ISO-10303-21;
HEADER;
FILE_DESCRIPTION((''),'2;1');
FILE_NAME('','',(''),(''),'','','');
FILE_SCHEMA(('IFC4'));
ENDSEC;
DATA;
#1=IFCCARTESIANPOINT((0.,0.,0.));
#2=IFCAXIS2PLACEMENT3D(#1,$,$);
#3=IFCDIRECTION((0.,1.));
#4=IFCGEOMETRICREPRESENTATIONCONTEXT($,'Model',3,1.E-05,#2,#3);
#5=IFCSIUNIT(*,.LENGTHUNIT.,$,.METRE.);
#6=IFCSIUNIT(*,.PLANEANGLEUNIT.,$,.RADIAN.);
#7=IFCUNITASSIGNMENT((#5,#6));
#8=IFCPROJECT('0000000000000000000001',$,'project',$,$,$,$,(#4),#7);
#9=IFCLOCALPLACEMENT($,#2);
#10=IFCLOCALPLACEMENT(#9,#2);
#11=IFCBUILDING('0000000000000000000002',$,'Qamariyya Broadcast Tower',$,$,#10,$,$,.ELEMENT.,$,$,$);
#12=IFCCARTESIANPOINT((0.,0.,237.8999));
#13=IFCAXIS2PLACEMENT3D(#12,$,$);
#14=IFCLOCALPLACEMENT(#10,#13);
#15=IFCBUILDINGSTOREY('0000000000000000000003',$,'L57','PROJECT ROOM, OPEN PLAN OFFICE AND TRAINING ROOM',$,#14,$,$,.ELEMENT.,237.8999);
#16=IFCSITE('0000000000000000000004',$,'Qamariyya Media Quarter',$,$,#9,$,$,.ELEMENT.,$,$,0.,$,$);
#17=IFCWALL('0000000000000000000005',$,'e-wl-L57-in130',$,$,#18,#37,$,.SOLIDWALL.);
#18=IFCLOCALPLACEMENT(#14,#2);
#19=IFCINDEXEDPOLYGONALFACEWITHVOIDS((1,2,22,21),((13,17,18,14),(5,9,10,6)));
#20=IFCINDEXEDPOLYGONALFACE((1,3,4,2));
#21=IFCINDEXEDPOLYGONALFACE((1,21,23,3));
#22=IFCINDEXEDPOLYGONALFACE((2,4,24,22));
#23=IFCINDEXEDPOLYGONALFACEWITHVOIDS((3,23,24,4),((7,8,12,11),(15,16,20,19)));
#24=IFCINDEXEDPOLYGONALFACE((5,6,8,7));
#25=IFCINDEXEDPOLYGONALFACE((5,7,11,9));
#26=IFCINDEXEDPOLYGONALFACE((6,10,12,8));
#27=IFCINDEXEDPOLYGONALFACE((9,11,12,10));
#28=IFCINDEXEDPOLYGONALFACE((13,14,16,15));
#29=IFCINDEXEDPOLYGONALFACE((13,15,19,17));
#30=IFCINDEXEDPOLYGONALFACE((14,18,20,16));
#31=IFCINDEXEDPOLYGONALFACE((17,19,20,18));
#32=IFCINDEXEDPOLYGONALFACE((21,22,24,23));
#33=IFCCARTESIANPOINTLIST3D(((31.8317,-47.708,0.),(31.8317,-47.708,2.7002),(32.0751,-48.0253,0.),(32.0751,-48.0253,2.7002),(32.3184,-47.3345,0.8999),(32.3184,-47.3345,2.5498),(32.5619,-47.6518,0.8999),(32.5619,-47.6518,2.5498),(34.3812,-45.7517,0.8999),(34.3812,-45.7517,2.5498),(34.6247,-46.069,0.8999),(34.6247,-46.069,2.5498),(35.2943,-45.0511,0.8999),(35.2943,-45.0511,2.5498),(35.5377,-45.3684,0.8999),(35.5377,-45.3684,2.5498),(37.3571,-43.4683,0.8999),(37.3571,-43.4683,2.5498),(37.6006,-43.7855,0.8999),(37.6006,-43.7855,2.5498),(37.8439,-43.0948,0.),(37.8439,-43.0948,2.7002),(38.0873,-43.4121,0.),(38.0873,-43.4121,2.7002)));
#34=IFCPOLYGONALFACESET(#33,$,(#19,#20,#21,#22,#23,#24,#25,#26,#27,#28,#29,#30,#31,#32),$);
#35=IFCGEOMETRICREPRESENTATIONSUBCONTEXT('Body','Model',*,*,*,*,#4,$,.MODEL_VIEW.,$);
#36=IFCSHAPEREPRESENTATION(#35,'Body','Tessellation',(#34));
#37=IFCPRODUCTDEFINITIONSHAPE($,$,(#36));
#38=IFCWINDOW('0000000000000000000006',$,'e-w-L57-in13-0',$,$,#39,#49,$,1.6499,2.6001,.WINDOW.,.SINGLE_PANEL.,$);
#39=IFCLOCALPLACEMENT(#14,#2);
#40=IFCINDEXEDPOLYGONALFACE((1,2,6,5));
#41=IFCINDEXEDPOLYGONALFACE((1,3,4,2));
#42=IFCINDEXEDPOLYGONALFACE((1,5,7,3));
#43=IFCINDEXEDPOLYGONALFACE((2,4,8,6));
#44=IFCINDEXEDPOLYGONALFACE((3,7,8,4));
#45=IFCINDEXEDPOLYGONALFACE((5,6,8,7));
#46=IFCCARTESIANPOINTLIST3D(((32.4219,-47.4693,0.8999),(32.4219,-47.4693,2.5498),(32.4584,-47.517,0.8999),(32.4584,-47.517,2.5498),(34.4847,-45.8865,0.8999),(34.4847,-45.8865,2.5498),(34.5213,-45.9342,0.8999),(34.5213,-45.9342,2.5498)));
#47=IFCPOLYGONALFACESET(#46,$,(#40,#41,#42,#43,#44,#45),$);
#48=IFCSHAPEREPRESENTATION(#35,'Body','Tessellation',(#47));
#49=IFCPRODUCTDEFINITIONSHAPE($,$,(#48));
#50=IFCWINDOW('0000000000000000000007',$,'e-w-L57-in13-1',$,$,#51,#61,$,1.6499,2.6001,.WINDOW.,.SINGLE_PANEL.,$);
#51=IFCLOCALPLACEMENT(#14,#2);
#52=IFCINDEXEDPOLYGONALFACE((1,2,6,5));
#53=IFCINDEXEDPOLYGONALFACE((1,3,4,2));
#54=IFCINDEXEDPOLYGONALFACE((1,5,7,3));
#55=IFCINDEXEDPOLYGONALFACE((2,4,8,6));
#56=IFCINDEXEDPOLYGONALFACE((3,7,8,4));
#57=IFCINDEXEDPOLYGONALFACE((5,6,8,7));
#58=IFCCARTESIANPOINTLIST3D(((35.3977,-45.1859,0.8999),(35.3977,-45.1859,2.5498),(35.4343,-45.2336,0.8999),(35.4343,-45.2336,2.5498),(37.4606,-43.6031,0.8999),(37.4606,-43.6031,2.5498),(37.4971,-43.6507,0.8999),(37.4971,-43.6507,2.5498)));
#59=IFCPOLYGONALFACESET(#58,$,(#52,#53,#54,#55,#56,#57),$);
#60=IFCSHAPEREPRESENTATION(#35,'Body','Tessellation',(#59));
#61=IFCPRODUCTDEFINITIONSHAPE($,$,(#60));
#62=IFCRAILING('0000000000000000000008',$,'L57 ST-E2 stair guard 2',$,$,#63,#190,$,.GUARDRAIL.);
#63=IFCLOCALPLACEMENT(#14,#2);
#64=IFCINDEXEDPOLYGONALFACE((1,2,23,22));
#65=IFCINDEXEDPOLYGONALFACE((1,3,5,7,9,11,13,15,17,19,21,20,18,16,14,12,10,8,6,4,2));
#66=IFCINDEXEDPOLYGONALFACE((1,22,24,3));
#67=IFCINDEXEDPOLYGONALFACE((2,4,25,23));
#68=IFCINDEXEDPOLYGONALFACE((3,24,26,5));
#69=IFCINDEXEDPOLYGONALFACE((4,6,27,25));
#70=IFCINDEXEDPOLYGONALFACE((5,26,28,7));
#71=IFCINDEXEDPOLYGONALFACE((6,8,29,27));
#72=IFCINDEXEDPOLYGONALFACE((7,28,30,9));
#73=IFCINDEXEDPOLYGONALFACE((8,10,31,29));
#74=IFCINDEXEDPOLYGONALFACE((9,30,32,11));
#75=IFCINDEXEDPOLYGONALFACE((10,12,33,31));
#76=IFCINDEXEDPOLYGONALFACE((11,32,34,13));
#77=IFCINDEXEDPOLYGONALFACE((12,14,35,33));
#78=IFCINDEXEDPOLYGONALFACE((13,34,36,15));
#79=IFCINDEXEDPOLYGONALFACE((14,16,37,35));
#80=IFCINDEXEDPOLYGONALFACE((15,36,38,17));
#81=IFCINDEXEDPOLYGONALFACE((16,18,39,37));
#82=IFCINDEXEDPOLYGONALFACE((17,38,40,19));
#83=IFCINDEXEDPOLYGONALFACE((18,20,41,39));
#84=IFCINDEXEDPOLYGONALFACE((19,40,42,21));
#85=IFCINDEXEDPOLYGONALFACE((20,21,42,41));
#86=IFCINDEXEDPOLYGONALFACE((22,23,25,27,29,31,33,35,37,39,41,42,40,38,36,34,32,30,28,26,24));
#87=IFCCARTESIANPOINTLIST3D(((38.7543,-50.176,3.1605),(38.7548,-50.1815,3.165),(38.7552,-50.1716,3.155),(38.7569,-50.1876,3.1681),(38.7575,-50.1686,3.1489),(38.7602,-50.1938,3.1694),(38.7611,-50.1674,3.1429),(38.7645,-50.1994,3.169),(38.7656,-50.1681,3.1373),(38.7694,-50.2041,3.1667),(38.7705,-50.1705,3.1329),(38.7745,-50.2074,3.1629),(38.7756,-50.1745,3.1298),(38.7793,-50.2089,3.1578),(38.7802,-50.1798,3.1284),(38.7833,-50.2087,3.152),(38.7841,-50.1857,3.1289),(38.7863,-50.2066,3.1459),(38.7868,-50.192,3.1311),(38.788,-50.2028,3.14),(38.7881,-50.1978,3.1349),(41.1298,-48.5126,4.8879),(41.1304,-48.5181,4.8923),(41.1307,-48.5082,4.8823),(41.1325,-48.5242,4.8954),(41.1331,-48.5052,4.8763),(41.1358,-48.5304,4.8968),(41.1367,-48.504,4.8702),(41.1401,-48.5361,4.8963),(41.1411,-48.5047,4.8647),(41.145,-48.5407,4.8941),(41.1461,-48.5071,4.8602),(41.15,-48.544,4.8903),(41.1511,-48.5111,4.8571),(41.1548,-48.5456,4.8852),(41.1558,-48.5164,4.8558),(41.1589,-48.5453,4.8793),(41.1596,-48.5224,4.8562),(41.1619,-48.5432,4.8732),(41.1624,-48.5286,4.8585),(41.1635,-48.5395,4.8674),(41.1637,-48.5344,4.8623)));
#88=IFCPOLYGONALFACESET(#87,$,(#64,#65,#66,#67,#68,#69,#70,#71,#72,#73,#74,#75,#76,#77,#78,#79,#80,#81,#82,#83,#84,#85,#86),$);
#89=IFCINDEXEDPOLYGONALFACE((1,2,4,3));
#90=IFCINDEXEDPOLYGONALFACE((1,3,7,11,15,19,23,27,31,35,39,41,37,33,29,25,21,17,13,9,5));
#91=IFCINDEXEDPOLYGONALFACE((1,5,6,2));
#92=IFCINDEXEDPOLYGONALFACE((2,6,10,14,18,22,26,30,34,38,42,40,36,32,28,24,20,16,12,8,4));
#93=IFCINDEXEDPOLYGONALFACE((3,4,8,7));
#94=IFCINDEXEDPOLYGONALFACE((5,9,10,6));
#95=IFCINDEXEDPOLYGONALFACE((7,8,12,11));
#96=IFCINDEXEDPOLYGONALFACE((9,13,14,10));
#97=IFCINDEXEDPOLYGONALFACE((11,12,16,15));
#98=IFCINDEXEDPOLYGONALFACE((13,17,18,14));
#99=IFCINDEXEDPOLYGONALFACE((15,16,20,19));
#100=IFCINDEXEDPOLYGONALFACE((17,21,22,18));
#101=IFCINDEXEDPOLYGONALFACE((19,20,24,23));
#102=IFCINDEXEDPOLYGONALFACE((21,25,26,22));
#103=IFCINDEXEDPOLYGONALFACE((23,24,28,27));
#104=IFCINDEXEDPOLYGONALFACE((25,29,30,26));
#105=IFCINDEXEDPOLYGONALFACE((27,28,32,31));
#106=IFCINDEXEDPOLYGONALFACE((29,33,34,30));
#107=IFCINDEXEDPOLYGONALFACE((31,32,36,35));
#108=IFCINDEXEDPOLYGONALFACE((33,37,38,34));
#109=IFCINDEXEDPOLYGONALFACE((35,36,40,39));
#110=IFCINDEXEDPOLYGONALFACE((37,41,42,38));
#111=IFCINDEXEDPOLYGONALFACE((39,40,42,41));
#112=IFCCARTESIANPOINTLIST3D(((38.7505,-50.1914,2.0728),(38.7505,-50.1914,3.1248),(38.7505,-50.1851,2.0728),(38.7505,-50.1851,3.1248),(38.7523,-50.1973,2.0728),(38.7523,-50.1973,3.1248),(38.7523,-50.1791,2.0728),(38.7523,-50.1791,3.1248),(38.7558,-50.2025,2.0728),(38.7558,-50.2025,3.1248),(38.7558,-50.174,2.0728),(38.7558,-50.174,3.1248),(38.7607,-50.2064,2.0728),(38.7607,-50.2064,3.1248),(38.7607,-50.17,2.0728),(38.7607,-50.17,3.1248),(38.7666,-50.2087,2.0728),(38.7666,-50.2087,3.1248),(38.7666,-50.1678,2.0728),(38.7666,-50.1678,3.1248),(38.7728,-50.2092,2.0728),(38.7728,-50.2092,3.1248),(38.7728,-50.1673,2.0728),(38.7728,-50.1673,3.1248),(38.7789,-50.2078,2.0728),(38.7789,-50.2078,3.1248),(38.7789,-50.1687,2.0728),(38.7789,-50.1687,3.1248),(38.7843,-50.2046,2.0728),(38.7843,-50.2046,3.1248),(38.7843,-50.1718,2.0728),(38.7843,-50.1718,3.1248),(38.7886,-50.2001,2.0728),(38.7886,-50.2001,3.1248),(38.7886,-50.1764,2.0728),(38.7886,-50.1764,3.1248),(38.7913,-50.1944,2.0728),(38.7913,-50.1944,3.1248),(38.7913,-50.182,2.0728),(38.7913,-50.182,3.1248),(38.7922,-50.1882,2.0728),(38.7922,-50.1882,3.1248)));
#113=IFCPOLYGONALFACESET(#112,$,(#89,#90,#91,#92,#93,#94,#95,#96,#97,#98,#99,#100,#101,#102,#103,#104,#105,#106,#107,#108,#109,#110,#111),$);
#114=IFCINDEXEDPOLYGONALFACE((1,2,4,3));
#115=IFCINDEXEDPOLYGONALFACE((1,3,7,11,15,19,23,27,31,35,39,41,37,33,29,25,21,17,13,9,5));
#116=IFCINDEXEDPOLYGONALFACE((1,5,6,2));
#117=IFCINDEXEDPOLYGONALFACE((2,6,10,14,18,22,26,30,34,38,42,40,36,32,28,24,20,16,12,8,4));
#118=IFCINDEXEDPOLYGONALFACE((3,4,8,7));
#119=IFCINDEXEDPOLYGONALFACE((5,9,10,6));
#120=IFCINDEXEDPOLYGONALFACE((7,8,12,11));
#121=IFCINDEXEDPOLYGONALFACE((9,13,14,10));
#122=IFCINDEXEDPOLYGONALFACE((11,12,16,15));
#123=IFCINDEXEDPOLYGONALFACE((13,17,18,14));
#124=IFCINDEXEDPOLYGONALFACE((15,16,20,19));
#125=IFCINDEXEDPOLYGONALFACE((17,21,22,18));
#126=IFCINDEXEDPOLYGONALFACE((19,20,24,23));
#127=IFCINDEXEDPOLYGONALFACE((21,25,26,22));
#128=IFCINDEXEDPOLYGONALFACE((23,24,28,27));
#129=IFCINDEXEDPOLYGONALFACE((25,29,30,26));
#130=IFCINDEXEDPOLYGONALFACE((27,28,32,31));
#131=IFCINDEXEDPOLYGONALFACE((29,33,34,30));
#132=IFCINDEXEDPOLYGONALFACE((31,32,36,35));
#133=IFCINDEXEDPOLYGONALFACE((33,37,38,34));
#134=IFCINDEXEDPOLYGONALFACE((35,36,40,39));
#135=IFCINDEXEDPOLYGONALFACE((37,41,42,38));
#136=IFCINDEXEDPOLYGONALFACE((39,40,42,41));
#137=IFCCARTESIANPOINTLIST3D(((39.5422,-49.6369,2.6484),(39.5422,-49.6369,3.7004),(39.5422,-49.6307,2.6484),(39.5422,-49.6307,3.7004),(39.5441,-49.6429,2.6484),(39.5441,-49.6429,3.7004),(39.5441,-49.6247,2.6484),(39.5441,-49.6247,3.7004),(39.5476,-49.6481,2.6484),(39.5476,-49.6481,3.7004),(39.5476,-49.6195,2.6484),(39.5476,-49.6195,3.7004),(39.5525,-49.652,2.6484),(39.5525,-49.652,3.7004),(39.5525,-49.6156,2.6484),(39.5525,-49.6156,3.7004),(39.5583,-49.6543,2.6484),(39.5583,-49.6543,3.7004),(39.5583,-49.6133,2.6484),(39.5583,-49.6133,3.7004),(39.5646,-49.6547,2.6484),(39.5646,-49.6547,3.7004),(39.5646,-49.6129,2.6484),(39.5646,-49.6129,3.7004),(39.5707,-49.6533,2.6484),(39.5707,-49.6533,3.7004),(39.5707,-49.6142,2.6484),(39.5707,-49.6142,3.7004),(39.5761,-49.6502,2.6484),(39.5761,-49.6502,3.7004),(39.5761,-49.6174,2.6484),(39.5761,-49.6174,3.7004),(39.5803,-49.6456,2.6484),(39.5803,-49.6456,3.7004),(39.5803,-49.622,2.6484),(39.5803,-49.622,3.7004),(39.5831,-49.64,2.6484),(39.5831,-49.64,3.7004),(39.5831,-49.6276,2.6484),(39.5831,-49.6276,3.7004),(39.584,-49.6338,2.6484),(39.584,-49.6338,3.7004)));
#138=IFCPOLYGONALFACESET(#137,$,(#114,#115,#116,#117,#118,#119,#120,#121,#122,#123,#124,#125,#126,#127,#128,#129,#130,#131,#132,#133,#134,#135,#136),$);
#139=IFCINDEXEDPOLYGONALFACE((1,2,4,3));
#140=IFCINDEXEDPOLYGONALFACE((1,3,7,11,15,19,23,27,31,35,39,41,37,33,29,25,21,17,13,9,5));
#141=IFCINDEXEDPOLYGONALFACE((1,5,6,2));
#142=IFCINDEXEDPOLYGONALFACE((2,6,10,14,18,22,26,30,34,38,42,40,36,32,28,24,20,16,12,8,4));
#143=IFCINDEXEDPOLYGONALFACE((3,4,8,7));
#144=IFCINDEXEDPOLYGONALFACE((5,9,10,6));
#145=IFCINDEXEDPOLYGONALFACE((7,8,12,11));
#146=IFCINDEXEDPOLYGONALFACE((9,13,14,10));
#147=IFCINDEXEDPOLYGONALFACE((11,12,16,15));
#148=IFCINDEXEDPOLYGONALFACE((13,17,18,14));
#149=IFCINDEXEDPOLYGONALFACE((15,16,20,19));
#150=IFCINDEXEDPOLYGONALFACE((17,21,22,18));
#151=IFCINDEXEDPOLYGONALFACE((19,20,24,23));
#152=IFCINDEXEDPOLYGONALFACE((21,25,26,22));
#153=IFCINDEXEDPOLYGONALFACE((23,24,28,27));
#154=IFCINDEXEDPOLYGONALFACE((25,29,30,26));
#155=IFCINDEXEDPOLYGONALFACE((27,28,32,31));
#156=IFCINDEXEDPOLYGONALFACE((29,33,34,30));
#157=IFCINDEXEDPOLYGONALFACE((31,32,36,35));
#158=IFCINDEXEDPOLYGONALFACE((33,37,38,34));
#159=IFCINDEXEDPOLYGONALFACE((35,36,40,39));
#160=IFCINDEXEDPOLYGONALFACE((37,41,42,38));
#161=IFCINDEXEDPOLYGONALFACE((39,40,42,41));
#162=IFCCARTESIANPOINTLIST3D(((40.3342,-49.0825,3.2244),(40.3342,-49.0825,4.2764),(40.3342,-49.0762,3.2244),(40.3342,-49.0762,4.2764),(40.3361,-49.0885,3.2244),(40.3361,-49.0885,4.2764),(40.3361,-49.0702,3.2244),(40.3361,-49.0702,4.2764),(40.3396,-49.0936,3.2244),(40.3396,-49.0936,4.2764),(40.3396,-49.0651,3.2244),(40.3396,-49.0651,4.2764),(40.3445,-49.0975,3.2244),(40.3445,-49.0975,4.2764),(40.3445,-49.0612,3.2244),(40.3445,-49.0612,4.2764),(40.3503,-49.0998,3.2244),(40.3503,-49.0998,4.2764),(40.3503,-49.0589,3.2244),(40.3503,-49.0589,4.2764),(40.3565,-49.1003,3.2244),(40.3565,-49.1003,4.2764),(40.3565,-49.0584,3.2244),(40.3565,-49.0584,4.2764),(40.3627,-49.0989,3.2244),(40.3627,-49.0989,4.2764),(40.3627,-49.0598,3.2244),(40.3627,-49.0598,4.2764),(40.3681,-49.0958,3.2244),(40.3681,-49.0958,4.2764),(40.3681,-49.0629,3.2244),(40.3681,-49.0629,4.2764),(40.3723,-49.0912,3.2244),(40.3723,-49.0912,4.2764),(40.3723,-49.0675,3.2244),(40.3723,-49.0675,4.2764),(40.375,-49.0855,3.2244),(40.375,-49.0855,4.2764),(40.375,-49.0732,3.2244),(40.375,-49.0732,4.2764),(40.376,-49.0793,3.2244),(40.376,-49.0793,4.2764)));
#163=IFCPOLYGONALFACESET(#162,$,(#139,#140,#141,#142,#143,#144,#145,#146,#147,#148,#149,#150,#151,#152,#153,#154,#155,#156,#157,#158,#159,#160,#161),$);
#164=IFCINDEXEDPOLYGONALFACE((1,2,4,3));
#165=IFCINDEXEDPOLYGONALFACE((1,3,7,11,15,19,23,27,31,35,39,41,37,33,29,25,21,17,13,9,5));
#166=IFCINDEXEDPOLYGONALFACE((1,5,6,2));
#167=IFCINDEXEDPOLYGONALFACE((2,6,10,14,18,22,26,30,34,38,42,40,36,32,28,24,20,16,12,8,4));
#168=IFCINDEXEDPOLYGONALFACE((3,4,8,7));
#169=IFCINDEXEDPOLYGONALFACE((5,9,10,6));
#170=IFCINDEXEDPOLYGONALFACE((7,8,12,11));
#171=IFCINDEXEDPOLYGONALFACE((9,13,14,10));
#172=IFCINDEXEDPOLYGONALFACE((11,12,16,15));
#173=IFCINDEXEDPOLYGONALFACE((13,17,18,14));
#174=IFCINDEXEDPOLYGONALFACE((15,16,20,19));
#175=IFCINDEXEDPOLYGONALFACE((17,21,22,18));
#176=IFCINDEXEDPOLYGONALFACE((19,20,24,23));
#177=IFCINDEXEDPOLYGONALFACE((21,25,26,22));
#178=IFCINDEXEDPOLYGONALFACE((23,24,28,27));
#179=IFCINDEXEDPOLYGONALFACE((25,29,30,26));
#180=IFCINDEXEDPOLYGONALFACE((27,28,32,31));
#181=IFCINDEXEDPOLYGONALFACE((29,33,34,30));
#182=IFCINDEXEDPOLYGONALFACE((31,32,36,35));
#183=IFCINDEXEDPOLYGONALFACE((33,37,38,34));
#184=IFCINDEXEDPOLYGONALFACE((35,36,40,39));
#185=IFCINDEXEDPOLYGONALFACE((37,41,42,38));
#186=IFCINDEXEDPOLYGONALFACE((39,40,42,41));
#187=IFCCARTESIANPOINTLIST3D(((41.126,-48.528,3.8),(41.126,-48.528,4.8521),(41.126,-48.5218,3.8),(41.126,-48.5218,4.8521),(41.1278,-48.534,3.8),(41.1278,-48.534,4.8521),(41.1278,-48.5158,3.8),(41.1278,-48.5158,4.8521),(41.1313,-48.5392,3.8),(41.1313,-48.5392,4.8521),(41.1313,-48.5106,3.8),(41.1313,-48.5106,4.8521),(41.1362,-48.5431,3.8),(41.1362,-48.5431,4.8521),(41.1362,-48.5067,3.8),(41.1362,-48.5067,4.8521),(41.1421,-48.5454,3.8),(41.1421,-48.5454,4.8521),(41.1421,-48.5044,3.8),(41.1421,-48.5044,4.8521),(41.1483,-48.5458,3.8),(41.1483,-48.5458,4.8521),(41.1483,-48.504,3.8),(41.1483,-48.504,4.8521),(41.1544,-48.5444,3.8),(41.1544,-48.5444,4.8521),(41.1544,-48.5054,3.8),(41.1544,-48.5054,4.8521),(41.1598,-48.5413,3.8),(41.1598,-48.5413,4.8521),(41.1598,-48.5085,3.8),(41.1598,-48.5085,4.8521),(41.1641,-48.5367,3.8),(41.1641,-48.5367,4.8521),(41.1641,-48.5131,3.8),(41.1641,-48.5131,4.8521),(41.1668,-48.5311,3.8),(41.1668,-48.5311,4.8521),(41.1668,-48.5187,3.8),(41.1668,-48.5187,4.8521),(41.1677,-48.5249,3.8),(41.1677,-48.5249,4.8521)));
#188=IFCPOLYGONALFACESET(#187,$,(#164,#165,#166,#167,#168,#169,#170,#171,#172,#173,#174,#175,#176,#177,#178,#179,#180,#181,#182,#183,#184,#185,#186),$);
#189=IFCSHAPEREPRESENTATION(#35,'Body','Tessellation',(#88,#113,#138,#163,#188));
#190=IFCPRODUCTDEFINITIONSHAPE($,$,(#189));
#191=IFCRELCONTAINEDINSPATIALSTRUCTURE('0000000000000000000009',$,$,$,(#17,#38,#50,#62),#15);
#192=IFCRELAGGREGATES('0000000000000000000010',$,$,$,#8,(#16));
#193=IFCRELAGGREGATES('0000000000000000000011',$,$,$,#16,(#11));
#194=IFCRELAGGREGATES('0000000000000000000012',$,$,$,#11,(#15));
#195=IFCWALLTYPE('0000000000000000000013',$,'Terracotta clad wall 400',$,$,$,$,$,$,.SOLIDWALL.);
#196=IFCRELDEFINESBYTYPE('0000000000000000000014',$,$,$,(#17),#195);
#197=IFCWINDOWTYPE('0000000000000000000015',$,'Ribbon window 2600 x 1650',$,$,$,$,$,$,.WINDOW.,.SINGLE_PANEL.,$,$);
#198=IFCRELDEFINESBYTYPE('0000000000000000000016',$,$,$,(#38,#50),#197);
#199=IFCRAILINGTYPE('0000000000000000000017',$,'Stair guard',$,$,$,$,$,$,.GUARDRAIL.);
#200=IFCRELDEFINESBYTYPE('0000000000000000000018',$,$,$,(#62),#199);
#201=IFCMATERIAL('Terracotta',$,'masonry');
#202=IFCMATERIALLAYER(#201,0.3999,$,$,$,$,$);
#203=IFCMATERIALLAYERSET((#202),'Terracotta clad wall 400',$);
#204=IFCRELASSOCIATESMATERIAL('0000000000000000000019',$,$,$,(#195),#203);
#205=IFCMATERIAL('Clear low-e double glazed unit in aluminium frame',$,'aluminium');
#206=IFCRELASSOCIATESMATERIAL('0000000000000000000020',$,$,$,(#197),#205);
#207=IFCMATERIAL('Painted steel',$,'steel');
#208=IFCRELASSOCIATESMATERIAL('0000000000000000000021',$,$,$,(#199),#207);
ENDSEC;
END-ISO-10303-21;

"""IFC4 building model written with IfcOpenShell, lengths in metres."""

from ifc_helpers import new_model, si_unit, direction, frame, frame_2d, origin, origin_2d, place, context, subcontext, project, spatial, rectangle, circle, extrude, material, layer, layer_set, type_object, element, fill, save


model = new_model("IFC4")

# Units and contexts
model_context = context("Model", 3, precision=1e-05, world=origin(), true_north=direction((0.0, 1.0)))
body_context = subcontext(model_context, "Body", "Model", "MODEL_VIEW")
ifc_project = project(units=[si_unit("LENGTHUNIT", "METRE"), si_unit("PLANEANGLEUNIT", "RADIAN")], contexts=[model_context])

# Site, building, storey
site_placement = place(None, origin())
site = spatial("IfcSite", under=ifc_project, at=site_placement, Name="Qamariyya Media Quarter", CompositionType="ELEMENT", RefElevation=0.0)
building_placement = place(site_placement, origin())
building = spatial("IfcBuilding", under=site, at=building_placement, Name="Qamariyya Broadcast Tower", CompositionType="ELEMENT")
storey_placement = place(building_placement, frame((0.0, 0.0, 237.8999)))
storey = spatial("IfcBuildingStorey", under=building, at=storey_placement, Name="L57", Description="PROJECT ROOM, OPEN PLAN OFFICE AND TRAINING ROOM", CompositionType="ELEMENT", Elevation=237.8999)

# Wall, openings, windows
ifc_material_1 = material(Name="Terracotta", Category="masonry")
ifc_layer_1 = layer(ifc_material_1, 0.3999)
ifc_layer_set_1 = layer_set([ifc_layer_1], Name="Terracotta clad wall 400")
wall_type_1 = type_object("IfcWallType", Name="Terracotta clad wall 400", PredefinedType="SOLIDWALL", material=ifc_layer_set_1)
ifc_material_2 = material(Name="Clear low-e double glazed unit in aluminium frame", Category="aluminium")
window_type = type_object("IfcWindowType", Name="Ribbon window 2600 x 1650", PartitioningType="SINGLE_PANEL", PredefinedType="WINDOW", material=ifc_material_2)
wall_1_placement = place(storey_placement, frame((37.9656, -43.2534, 0.0), z_axis=(0.0, 0.0, 1.0), x_axis=(-0.793356, -0.608757, 0.0)))
wall_1 = element("IfcWall", 1, at=wall_1_placement, inside=storey, type_object=wall_type_1, Name="e-wl-L57-in130", PredefinedType="SOLIDWALL", context=body_context, shape_type="SweptSolid", body=[
    extrude(rectangle(XDim=7.5781, YDim=0.3999, at=frame_2d((3.7891, 0.0))), origin(), (0.0, 0.0, 1.0), 2.7002),
])
opening_1_placement = place(wall_1_placement, frame((4.3645, 0.0, 0.8999)))
opening_1 = element("IfcOpeningElement", 2, at=opening_1_placement, cuts=wall_1, PredefinedType="OPENING", context=body_context, shape_type="SweptSolid", body=[
    extrude(rectangle(XDim=2.6001, YDim=1.6499, at=frame_2d((1.3, 0.825))), frame((0.0, 0.21, 0.0), z_axis=(0.0, -1.0, 0.0), x_axis=(1.0, 0.0, 0.0)), (0.0, 0.0, 1.0), 0.4199),
])
opening_2_placement = place(wall_1_placement, frame((0.6135, 0.0, 0.8999)))
opening_2 = element("IfcOpeningElement", 3, at=opening_2_placement, cuts=wall_1, PredefinedType="OPENING", context=body_context, shape_type="SweptSolid", body=[
    extrude(rectangle(XDim=2.6001, YDim=1.6499, at=frame_2d((1.3, 0.825))), frame((0.0, 0.21, 0.0), z_axis=(0.0, -1.0, 0.0), x_axis=(1.0, 0.0, 0.0)), (0.0, 0.0, 1.0), 0.4199),
])
window_1_placement = place(opening_1_placement, origin())
window_1 = element("IfcWindow", 4, at=window_1_placement, inside=storey, type_object=window_type, Name="e-w-L57-in13-0", OverallHeight=1.6499, OverallWidth=2.6001, PartitioningType="SINGLE_PANEL", PredefinedType="WINDOW", context=body_context, shape_type="SweptSolid", body=[
    extrude(rectangle(XDim=2.6001, YDim=1.6499, at=frame_2d((1.3, 0.825))), frame((0.0, 0.03, 0.0), z_axis=(0.0, -1.0, 0.0), x_axis=(1.0, 0.0, 0.0)), (0.0, 0.0, 1.0), 0.0601),
])
fill(opening_1, window_1)
window_2_placement = place(opening_2_placement, origin())
window_2 = element("IfcWindow", 5, at=window_2_placement, inside=storey, type_object=window_type, Name="e-w-L57-in13-1", OverallHeight=1.6499, OverallWidth=2.6001, PartitioningType="SINGLE_PANEL", PredefinedType="WINDOW", context=body_context, shape_type="SweptSolid", body=[
    extrude(rectangle(XDim=2.6001, YDim=1.6499, at=frame_2d((1.3, 0.825))), frame((0.0, 0.03, 0.0), z_axis=(0.0, -1.0, 0.0), x_axis=(1.0, 0.0, 0.0)), (0.0, 0.0, 1.0), 0.0601),
])
fill(opening_2, window_2)

# Railing
ifc_material_3 = material(Name="Painted steel", Category="steel")
railing_type_1 = type_object("IfcRailingType", Name="Stair guard", PredefinedType="GUARDRAIL", material=ifc_material_3)
railing_1_placement = place(storey_placement, frame((38.7712, -50.1882, 2.0728)))
element("IfcRailing", 6, at=railing_1_placement, inside=storey, type_object=railing_type_1, Name="L57 ST-E2 stair guard 2", PredefinedType="GUARDRAIL", context=body_context, shape_type="SweptSolid", body=[
    extrude(circle(Radius=0.0239, at=origin_2d()), frame((0.0, 0.0, 1.0762), z_axis=(0.70377, 0.492784, 0.511734), x_axis=(-0.573575, 0.819153, 0.0)), (0.0, 0.0, 1.0), 3.3755),
    extrude(circle(Radius=0.021, at=origin_2d()), origin(), (0.0, 0.0, 1.0), 1.052),
    extrude(circle(Radius=0.021, at=origin_2d()), frame((0.7917, 0.5544, 0.5757)), (0.0, 0.0, 1.0), 1.052),
    extrude(circle(Radius=0.021, at=origin_2d()), frame((1.5837, 1.1089, 1.1516)), (0.0, 0.0, 1.0), 1.052),
    extrude(circle(Radius=0.021, at=origin_2d()), frame((2.3755, 1.6633, 1.7273)), (0.0, 0.0, 1.0), 1.052),
])

save(model, "model.ifc")
